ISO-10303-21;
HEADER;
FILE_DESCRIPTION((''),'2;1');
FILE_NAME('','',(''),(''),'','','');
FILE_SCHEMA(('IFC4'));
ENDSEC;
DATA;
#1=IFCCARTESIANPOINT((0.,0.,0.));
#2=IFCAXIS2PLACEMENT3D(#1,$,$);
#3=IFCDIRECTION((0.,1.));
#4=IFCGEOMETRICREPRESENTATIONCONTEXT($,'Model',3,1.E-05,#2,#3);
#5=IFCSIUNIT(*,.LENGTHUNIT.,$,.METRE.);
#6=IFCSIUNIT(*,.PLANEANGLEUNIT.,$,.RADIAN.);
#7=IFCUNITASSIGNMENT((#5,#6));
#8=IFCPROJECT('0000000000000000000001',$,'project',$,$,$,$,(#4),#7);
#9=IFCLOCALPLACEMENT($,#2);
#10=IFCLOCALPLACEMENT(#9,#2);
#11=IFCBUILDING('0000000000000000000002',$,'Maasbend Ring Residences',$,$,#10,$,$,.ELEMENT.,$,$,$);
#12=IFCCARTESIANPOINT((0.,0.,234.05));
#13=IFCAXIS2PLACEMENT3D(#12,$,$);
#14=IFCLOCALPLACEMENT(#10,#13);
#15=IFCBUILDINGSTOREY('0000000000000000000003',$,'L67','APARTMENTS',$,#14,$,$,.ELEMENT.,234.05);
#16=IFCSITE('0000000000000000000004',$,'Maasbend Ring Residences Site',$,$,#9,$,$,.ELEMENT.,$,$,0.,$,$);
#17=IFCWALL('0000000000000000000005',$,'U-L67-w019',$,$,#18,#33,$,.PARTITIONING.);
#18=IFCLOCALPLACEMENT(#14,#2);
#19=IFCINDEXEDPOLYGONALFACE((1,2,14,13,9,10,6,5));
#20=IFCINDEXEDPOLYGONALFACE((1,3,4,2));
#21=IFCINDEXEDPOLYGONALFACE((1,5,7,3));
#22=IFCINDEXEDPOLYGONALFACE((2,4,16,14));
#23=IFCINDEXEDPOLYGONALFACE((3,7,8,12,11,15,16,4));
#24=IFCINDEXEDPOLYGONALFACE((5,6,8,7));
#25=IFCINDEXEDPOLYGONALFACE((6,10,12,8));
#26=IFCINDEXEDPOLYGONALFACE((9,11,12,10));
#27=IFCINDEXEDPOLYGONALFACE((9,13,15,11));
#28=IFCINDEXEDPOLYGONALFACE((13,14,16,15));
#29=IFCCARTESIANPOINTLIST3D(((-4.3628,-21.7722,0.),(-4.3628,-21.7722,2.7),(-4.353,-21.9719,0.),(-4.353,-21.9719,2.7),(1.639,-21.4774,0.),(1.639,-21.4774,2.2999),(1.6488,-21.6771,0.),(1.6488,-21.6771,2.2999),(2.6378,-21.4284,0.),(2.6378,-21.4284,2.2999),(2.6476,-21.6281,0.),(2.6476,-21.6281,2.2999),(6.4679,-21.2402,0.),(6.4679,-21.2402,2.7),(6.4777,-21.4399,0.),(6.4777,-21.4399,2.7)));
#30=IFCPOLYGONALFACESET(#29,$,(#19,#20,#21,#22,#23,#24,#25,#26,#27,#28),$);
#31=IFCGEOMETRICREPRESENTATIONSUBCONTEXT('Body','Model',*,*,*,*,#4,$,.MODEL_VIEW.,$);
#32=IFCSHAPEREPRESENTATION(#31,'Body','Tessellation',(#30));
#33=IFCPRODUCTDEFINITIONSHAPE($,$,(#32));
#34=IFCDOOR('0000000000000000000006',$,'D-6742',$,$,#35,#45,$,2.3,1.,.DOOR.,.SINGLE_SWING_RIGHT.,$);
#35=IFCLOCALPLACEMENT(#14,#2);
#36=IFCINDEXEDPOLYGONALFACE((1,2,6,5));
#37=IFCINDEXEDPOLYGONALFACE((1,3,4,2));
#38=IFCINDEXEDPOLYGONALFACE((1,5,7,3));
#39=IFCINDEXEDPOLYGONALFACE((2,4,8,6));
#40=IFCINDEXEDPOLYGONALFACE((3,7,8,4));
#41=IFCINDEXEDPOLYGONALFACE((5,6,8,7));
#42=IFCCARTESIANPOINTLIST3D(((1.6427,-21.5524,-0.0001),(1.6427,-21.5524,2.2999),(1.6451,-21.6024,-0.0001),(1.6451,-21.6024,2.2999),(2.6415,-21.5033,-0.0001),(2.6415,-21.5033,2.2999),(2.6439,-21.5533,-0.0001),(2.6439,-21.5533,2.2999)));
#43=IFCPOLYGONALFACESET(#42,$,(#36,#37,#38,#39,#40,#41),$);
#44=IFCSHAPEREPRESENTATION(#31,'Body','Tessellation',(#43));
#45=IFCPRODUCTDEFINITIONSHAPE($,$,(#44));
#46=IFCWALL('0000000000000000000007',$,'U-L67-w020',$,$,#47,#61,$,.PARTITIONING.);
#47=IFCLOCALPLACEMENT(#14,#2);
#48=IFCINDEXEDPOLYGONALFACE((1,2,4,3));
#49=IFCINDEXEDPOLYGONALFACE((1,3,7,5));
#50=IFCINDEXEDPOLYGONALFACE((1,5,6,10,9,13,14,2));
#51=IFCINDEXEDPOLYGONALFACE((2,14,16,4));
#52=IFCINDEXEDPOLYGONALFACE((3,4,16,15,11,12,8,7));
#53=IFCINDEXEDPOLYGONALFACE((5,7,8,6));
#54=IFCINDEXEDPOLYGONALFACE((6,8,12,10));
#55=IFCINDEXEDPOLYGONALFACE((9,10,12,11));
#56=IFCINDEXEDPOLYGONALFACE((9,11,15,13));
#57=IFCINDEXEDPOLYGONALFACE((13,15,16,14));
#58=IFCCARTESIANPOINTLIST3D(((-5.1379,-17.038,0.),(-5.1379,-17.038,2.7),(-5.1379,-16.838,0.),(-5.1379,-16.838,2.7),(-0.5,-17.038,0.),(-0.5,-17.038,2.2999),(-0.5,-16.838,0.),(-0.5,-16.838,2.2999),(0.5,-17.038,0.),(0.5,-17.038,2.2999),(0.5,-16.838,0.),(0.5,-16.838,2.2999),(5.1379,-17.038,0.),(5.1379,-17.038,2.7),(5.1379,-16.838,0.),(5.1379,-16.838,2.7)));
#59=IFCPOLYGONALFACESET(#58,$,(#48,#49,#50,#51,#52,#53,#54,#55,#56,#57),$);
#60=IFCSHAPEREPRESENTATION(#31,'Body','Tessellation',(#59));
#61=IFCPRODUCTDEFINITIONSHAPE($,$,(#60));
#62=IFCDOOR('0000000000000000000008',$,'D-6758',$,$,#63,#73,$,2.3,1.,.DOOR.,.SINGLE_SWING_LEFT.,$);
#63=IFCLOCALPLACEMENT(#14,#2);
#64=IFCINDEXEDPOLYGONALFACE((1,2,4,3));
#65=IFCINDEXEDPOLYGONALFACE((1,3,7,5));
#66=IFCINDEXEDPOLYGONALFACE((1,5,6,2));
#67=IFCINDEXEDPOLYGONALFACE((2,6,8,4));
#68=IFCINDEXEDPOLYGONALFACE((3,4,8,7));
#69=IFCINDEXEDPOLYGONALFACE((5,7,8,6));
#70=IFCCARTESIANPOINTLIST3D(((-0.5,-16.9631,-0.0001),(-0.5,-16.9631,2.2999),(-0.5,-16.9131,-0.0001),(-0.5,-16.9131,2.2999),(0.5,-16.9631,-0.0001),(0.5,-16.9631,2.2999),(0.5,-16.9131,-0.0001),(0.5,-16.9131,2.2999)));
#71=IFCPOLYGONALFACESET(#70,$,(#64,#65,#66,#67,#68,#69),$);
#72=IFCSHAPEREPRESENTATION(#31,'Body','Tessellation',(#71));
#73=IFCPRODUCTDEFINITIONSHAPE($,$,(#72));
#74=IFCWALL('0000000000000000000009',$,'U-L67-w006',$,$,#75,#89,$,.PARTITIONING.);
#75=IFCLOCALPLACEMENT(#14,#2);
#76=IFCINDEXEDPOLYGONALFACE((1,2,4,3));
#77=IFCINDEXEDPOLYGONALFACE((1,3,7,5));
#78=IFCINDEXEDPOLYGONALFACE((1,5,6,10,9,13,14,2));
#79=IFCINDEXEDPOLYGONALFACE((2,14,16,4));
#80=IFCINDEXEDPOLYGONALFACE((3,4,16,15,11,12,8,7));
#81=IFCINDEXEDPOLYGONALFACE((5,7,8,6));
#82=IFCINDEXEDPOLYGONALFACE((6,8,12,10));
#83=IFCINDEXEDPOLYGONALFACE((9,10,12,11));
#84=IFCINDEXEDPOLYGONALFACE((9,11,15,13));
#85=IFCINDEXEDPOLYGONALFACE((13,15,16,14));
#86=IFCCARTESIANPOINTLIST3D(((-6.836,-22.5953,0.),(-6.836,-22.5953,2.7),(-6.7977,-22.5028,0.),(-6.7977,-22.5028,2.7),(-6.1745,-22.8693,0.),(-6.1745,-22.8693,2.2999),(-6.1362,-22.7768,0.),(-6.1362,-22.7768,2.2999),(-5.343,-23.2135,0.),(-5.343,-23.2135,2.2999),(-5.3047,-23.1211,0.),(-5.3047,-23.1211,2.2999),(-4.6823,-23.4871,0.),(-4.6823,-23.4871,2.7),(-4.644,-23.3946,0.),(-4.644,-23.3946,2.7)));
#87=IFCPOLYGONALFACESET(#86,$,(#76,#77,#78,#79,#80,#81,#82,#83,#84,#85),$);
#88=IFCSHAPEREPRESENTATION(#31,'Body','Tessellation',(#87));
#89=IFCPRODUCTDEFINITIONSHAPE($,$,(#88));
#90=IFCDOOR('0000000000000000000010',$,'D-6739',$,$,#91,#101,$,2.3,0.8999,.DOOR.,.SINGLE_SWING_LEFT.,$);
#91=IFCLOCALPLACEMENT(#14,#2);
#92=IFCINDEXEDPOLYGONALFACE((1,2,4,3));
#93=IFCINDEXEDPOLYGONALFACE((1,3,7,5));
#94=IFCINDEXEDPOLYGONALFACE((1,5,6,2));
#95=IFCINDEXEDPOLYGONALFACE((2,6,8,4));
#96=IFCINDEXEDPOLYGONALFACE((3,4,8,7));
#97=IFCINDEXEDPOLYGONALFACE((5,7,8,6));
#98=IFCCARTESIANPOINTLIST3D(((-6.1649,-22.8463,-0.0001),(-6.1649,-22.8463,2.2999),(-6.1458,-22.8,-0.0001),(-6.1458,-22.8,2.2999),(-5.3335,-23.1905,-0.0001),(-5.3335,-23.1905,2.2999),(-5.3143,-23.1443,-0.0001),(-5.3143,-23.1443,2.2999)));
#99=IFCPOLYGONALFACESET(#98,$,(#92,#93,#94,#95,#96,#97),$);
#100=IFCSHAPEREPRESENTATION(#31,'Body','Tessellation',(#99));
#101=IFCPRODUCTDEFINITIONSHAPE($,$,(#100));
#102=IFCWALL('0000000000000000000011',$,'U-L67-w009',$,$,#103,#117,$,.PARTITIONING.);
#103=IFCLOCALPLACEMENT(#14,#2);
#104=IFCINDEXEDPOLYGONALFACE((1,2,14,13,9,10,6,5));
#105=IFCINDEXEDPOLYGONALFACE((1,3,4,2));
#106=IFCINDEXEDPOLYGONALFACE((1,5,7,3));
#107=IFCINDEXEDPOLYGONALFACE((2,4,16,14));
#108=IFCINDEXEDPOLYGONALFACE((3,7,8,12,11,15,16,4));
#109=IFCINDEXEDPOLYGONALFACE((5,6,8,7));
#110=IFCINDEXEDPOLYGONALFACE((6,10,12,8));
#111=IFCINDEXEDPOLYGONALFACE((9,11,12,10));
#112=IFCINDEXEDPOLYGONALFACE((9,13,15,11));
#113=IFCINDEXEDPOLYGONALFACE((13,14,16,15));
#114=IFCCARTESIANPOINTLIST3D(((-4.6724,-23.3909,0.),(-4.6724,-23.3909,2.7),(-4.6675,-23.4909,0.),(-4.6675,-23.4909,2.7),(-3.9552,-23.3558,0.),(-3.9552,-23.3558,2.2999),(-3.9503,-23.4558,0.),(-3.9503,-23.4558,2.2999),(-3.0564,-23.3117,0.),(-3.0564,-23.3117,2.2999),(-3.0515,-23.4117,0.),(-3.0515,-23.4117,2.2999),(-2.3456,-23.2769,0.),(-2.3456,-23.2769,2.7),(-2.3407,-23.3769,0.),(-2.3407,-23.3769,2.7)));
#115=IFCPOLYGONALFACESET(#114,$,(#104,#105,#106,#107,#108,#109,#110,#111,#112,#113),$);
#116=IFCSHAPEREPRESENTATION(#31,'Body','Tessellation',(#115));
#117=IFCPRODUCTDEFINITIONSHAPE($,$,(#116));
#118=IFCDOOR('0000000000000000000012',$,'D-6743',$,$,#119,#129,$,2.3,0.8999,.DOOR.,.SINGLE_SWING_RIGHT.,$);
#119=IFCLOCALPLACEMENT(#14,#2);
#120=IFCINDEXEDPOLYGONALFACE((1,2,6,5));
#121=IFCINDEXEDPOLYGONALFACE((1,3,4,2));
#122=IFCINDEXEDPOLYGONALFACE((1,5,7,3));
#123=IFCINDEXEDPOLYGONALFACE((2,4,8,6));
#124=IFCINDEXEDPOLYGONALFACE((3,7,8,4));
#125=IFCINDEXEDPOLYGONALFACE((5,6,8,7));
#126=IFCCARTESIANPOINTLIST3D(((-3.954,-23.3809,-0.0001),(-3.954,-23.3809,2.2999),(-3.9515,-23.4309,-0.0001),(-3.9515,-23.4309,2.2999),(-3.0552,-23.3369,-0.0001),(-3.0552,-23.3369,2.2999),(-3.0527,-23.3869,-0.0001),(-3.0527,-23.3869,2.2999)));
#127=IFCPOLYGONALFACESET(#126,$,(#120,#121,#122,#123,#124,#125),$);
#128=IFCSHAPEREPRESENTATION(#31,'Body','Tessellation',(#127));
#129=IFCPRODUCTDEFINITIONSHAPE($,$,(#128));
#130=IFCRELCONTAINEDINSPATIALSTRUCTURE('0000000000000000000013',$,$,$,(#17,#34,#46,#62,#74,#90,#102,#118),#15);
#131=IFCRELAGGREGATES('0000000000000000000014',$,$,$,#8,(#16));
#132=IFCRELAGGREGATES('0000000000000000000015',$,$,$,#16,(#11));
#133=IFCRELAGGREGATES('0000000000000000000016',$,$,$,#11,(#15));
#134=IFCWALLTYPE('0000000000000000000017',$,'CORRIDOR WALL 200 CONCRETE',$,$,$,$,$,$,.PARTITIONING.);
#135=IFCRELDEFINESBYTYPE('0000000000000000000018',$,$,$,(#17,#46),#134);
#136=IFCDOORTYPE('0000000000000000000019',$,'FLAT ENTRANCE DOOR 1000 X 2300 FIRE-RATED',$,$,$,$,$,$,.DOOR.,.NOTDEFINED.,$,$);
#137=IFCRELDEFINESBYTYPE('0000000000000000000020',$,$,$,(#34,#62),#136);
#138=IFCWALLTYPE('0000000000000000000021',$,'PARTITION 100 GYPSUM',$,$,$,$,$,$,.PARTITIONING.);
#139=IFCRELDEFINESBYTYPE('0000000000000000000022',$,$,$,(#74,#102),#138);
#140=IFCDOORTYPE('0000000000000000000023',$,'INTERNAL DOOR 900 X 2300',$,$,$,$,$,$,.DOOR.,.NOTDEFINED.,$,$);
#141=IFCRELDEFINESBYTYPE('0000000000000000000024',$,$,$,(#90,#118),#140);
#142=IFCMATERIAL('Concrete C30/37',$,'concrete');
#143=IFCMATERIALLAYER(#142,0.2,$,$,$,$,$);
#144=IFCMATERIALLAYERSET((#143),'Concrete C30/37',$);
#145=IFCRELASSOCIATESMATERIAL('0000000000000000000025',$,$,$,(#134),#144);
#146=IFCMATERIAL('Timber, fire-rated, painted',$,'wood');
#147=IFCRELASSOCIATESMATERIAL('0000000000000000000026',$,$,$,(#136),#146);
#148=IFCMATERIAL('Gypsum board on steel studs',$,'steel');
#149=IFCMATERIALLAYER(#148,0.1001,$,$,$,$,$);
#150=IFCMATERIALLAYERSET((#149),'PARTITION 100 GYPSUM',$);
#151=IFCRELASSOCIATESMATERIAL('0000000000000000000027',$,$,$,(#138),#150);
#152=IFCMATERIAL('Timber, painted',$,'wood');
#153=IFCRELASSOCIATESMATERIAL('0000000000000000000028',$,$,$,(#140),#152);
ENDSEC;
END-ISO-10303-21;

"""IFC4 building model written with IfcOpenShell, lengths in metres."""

from ifc_helpers import new_model, si_unit, direction, frame, frame_2d, origin, place, context, subcontext, project, spatial, rectangle, extrude, material, layer, layer_set, type_object, element, fill, save


model = new_model("IFC4")

# Units and contexts
model_context = context("Model", 3, precision=1e-05, world=origin(), true_north=direction((0.0, 1.0)))
body_context = subcontext(model_context, "Body", "Model", "MODEL_VIEW")
ifc_project = project(units=[si_unit("LENGTHUNIT", "METRE"), si_unit("PLANEANGLEUNIT", "RADIAN")], contexts=[model_context])

# Site, building, storey
site_placement = place(None, origin())
site = spatial("IfcSite", under=ifc_project, at=site_placement, Name="Maasbend Ring Residences Site", CompositionType="ELEMENT", RefElevation=0.0)
building_placement = place(site_placement, origin())
building = spatial("IfcBuilding", under=site, at=building_placement, Name="Maasbend Ring Residences", CompositionType="ELEMENT")
storey_placement = place(building_placement, frame((0.0, 0.0, 234.05)))
storey = spatial("IfcBuildingStorey", under=building, at=storey_placement, Name="L67", Description="APARTMENTS", CompositionType="ELEMENT", Elevation=234.05)

# Walls, openings, doors
ifc_material_1 = material(Name="Concrete C30/37", Category="concrete")
ifc_layer_1 = layer(ifc_material_1, 0.2)
ifc_layer_set_1 = layer_set([ifc_layer_1], Name="Concrete C30/37")
wall_type_1 = type_object("IfcWallType", Name="CORRIDOR WALL 200 CONCRETE", PredefinedType="PARTITIONING", material=ifc_layer_set_1)
wall_1_placement = place(storey_placement, frame((-4.3579, -21.8721, 0.0), z_axis=(0.0, 0.0, 1.0), x_axis=(0.998796, 0.049058, 0.0)))
wall_1 = element("IfcWall", 1, at=wall_1_placement, inside=storey, type_object=wall_type_1, Name="U-L67-w019", PredefinedType="PARTITIONING", context=body_context, shape_type="SweptSolid", body=[
    extrude(rectangle(XDim=10.8438, YDim=0.2, at=frame_2d((5.4219, 0.0))), origin(), (0.0, 0.0, 1.0), 2.7),
])
opening_1_placement = place(wall_1_placement, frame((6.009, 0.0, 0.0)))
opening_1 = element("IfcOpeningElement", 2, at=opening_1_placement, cuts=wall_1, PredefinedType="OPENING", context=body_context, shape_type="SweptSolid", body=[
    extrude(rectangle(XDim=1.0, YDim=2.3, at=frame_2d((0.5, 1.1499))), frame((0.0, 0.1099, 0.0), z_axis=(0.0, -1.0, 0.0), x_axis=(1.0, 0.0, 0.0)), (0.0, 0.0, 1.0), 0.22),
])
ifc_material_2 = material(Name="Timber, fire-rated, painted", Category="wood")
door_type_1 = type_object("IfcDoorType", Name="FLAT ENTRANCE DOOR 1000 X 2300 FIRE-RATED", OperationType="NOTDEFINED", PredefinedType="DOOR", material=ifc_material_2)
door_1_placement = place(opening_1_placement, origin())
door_1 = element("IfcDoor", 3, at=door_1_placement, inside=storey, type_object=door_type_1, Name="D-6742", OperationType="SINGLE_SWING_RIGHT", OverallHeight=2.3, OverallWidth=1.0, PredefinedType="DOOR", context=body_context, shape_type="SweptSolid", body=[
    extrude(rectangle(XDim=1.0, YDim=2.3, at=frame_2d((0.5, 1.1499))), frame((0.0, 0.0249, 0.0), z_axis=(0.0, -1.0, 0.0), x_axis=(1.0, 0.0, 0.0)), (0.0, 0.0, 1.0), 0.05),
])
fill(opening_1, door_1)
wall_2_placement = place(storey_placement, frame((-5.1379, -16.938, 0.0), z_axis=(0.0, 0.0, 1.0), x_axis=(1.0, 0.0, 0.0)))
wall_2 = element("IfcWall", 4, at=wall_2_placement, inside=storey, type_object=wall_type_1, Name="U-L67-w020", PredefinedType="PARTITIONING", context=body_context, shape_type="SweptSolid", body=[
    extrude(rectangle(XDim=10.2759, YDim=0.2, at=frame_2d((5.1379, 0.0))), origin(), (0.0, 0.0, 1.0), 2.7),
])
opening_2_placement = place(wall_2_placement, frame((4.6379, 0.0, 0.0)))
opening_2 = element("IfcOpeningElement", 5, at=opening_2_placement, cuts=wall_2, PredefinedType="OPENING", context=body_context, shape_type="SweptSolid", body=[
    extrude(rectangle(XDim=1.0, YDim=2.3, at=frame_2d((0.5, 1.1499))), frame((0.0, 0.1099, 0.0), z_axis=(0.0, -1.0, 0.0), x_axis=(1.0, 0.0, 0.0)), (0.0, 0.0, 1.0), 0.22),
])
door_2_placement = place(opening_2_placement, origin())
door_2 = element("IfcDoor", 6, at=door_2_placement, inside=storey, type_object=door_type_1, Name="D-6758", OperationType="SINGLE_SWING_LEFT", OverallHeight=2.3, OverallWidth=1.0, PredefinedType="DOOR", context=body_context, shape_type="SweptSolid", body=[
    extrude(rectangle(XDim=1.0, YDim=2.3, at=frame_2d((0.5, 1.1499))), frame((0.0, 0.0249, 0.0), z_axis=(0.0, -1.0, 0.0), x_axis=(1.0, 0.0, 0.0)), (0.0, 0.0, 1.0), 0.05),
])
fill(opening_2, door_2)
ifc_material_3 = material(Name="Gypsum board on steel studs", Category="steel")
ifc_layer_2 = layer(ifc_material_3, 0.1001)
ifc_layer_set_2 = layer_set([ifc_layer_2], Name="PARTITION 100 GYPSUM")
wall_type_2 = type_object("IfcWallType", Name="PARTITION 100 GYPSUM", PredefinedType="PARTITIONING", material=ifc_layer_set_2)
wall_3_placement = place(storey_placement, frame((-6.8169, -22.5491, 0.0), z_axis=(0.0, 0.0, 1.0), x_axis=(0.923924, -0.382577, 0.0)))
wall_3 = element("IfcWall", 7, at=wall_3_placement, inside=storey, type_object=wall_type_2, Name="U-L67-w006", PredefinedType="PARTITIONING", context=body_context, shape_type="SweptSolid", body=[
    extrude(rectangle(XDim=2.3311, YDim=0.1001, at=frame_2d((1.1655, 0.0))), origin(), (0.0, 0.0, 1.0), 2.7),
])
opening_3_placement = place(wall_3_placement, frame((0.7161, 0.0, 0.0)))
opening_3 = element("IfcOpeningElement", 8, at=opening_3_placement, cuts=wall_3, PredefinedType="OPENING", context=body_context, shape_type="SweptSolid", body=[
    extrude(rectangle(XDim=0.8999, YDim=2.3, at=frame_2d((0.45, 1.1499))), frame((0.0, 0.0601, 0.0), z_axis=(0.0, -1.0, 0.0), x_axis=(1.0, 0.0, 0.0)), (0.0, 0.0, 1.0), 0.1201),
])
ifc_material_4 = material(Name="Timber, painted", Category="wood")
door_type_2 = type_object("IfcDoorType", Name="INTERNAL DOOR 900 X 2300", OperationType="NOTDEFINED", PredefinedType="DOOR", material=ifc_material_4)
door_3_placement = place(opening_3_placement, origin())
door_3 = element("IfcDoor", 9, at=door_3_placement, inside=storey, type_object=door_type_2, Name="D-6739", OperationType="SINGLE_SWING_LEFT", OverallHeight=2.3, OverallWidth=0.8999, PredefinedType="DOOR", context=body_context, shape_type="SweptSolid", body=[
    extrude(rectangle(XDim=0.8999, YDim=2.3, at=frame_2d((0.45, 1.1499))), frame((0.0, 0.0249, 0.0), z_axis=(0.0, -1.0, 0.0), x_axis=(1.0, 0.0, 0.0)), (0.0, 0.0, 1.0), 0.05),
])
fill(opening_3, door_3)
wall_4_placement = place(storey_placement, frame((-4.6699, -23.4409, 0.0), z_axis=(0.0, 0.0, 1.0), x_axis=(0.998802, 0.048939, 0.0)))
wall_4 = element("IfcWall", 10, at=wall_4_placement, inside=storey, type_object=wall_type_2, Name="U-L67-w009", PredefinedType="PARTITIONING", context=body_context, shape_type="SweptSolid", body=[
    extrude(rectangle(XDim=2.3296, YDim=0.1001, at=frame_2d((1.1648, 0.0))), origin(), (0.0, 0.0, 1.0), 2.7),
])
opening_4_placement = place(wall_4_placement, frame((0.718, 0.0, 0.0)))
opening_4 = element("IfcOpeningElement", 11, at=opening_4_placement, cuts=wall_4, PredefinedType="OPENING", context=body_context, shape_type="SweptSolid", body=[
    extrude(rectangle(XDim=0.8999, YDim=2.3, at=frame_2d((0.45, 1.1499))), frame((0.0, 0.0601, 0.0), z_axis=(0.0, -1.0, 0.0), x_axis=(1.0, 0.0, 0.0)), (0.0, 0.0, 1.0), 0.1201),
])
door_4_placement = place(opening_4_placement, origin())
door_4 = element("IfcDoor", 12, at=door_4_placement, inside=storey, type_object=door_type_2, Name="D-6743", OperationType="SINGLE_SWING_RIGHT", OverallHeight=2.3, OverallWidth=0.8999, PredefinedType="DOOR", context=body_context, shape_type="SweptSolid", body=[
    extrude(rectangle(XDim=0.8999, YDim=2.3, at=frame_2d((0.45, 1.1499))), frame((0.0, 0.0249, 0.0), z_axis=(0.0, -1.0, 0.0), x_axis=(1.0, 0.0, 0.0)), (0.0, 0.0, 1.0), 0.05),
])
fill(opening_4, door_4)

save(model, "model.ifc")
